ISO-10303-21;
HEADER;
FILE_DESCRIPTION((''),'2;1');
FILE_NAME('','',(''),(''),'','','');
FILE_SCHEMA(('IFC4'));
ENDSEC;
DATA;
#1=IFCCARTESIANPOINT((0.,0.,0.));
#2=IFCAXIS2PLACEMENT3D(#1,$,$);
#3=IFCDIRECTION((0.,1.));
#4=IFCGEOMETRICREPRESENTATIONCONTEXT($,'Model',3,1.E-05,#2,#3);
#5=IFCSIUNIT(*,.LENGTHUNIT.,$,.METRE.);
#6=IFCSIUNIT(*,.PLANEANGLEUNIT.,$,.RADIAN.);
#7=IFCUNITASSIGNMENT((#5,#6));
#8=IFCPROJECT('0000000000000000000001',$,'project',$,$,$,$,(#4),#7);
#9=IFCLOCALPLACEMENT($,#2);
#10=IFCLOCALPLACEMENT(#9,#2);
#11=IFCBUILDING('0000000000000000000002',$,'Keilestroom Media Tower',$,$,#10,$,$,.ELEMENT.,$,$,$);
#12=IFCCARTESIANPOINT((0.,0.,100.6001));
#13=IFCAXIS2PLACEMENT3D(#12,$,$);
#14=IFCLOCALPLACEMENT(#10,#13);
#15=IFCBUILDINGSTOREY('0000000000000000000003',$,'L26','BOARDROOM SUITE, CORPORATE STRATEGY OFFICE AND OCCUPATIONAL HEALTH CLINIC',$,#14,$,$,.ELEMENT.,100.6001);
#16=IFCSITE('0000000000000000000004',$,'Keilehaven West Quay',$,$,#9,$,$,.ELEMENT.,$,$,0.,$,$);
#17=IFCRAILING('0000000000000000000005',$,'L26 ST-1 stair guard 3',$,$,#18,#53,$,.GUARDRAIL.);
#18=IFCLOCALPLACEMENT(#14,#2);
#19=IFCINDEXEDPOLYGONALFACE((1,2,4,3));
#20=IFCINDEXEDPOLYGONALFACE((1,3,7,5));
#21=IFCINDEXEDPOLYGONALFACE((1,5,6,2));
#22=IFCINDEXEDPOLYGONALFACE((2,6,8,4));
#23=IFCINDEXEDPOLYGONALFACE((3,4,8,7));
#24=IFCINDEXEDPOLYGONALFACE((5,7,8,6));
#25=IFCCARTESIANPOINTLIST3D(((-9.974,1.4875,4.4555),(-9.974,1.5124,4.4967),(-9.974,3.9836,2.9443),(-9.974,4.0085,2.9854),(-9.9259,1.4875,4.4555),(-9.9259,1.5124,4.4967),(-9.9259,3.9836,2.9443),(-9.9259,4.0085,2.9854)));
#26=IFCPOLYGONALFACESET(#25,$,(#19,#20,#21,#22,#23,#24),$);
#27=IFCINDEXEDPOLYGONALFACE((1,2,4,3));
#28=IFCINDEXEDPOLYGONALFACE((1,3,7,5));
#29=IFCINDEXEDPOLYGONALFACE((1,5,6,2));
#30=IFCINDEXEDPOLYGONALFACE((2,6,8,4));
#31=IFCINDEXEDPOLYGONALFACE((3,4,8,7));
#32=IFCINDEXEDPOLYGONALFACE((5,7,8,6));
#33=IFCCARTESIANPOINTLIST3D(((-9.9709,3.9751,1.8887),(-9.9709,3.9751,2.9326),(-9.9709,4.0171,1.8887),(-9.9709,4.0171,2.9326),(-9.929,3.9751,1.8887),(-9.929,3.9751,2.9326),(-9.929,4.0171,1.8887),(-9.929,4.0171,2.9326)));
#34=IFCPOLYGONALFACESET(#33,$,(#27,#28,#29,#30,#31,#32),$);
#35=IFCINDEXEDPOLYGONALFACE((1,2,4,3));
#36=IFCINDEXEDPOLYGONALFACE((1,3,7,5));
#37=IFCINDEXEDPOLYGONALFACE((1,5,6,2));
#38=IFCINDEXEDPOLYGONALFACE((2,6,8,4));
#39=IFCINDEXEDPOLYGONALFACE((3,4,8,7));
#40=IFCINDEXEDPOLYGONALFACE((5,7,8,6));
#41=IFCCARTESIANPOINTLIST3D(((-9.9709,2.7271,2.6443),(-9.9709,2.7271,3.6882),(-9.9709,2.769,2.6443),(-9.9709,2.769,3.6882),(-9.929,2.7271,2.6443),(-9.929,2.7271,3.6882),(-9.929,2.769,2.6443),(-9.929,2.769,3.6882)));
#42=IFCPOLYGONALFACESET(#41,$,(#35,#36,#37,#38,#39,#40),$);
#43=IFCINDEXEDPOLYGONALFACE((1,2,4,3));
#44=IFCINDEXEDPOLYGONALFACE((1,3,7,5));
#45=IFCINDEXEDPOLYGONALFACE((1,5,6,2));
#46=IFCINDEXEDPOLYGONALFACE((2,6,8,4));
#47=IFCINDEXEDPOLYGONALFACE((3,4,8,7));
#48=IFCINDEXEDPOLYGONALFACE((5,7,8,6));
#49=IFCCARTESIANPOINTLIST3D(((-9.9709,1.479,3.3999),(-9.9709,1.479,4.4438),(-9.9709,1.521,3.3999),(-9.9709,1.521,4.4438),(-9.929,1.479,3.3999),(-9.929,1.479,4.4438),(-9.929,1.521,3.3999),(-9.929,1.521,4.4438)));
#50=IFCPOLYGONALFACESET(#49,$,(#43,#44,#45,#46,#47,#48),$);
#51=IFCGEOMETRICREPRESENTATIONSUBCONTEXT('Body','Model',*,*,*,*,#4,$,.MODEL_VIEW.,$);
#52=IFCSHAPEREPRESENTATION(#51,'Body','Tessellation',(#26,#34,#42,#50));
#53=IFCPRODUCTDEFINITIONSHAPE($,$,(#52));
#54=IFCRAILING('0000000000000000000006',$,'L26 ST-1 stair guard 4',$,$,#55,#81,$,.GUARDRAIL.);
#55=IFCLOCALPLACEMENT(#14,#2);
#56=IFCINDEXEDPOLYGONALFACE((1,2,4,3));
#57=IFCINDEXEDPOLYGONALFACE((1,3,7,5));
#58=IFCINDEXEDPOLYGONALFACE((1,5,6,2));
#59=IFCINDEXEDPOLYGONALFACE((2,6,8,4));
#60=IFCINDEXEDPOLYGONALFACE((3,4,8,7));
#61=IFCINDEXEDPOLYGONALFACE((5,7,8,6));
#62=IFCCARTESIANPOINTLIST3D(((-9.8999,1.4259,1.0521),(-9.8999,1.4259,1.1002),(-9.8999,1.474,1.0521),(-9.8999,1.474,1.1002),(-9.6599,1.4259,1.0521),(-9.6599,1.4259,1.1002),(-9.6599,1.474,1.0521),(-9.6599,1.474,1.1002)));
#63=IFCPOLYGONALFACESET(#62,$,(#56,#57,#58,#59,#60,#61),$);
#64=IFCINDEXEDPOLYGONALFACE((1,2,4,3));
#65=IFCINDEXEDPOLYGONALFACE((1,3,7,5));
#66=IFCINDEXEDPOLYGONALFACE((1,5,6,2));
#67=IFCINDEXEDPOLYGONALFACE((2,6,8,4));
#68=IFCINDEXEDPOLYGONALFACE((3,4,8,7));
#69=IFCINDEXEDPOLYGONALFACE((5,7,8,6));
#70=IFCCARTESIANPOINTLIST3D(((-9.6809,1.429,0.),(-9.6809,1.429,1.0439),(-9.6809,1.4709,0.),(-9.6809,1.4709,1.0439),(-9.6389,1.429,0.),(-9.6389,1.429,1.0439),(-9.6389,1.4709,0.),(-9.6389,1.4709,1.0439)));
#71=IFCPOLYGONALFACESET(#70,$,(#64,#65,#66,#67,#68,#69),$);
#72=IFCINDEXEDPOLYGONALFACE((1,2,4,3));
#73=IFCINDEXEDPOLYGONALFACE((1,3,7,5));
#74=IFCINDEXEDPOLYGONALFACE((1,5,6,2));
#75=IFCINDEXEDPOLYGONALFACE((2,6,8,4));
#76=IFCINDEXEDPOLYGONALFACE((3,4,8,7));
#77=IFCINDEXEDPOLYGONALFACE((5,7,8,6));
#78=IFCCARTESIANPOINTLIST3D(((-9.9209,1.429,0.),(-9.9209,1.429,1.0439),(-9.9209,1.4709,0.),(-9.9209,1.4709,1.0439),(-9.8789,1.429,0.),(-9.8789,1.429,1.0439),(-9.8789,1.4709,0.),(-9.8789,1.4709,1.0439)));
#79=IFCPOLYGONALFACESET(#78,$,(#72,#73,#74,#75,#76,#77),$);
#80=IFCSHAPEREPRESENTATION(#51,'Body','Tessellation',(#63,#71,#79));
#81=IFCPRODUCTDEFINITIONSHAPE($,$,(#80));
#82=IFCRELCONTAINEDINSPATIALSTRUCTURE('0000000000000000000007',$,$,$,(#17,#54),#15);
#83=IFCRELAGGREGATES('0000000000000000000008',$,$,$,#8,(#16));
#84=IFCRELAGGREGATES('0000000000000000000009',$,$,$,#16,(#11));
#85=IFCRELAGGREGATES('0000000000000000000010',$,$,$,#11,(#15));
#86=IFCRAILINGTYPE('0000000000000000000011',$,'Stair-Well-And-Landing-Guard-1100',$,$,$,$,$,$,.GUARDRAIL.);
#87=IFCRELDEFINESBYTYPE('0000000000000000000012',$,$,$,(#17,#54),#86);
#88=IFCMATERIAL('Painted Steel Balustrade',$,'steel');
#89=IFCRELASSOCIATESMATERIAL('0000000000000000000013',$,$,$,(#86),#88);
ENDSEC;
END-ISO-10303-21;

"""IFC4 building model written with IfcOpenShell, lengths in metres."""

from ifc_helpers import new_model, si_unit, direction, frame, origin, origin_2d, place, context, subcontext, project, spatial, rectangle, extrude, material, type_object, element, save


model = new_model("IFC4")

# Units and contexts
model_context = context("Model", 3, precision=1e-05, world=origin(), true_north=direction((0.0, 1.0)))
body_context = subcontext(model_context, "Body", "Model", "MODEL_VIEW")
ifc_project = project(units=[si_unit("LENGTHUNIT", "METRE"), si_unit("PLANEANGLEUNIT", "RADIAN")], contexts=[model_context])

# Site, building, storey
site_placement = place(None, origin())
site = spatial("IfcSite", under=ifc_project, at=site_placement, Name="Keilehaven West Quay", CompositionType="ELEMENT", RefElevation=0.0)
building_placement = place(site_placement, origin())
building = spatial("IfcBuilding", under=site, at=building_placement, Name="Keilestroom Media Tower", CompositionType="ELEMENT")
storey_placement = place(building_placement, frame((0.0, 0.0, 100.6001)))
storey = spatial("IfcBuildingStorey", under=building, at=storey_placement, Name="L26", Description="BOARDROOM SUITE, CORPORATE STRATEGY OFFICE AND OCCUPATIONAL HEALTH CLINIC", CompositionType="ELEMENT", Elevation=100.6001)

# Railings
ifc_material_1 = material(Name="Painted Steel Balustrade", Category="steel")
railing_type_1 = type_object("IfcRailingType", Name="Stair-Well-And-Landing-Guard-1100", PredefinedType="GUARDRAIL", material=ifc_material_1)
railing_1_placement = place(storey_placement, frame((-9.95, 3.9961, 1.8887)))
element("IfcRailing", 1, at=railing_1_placement, inside=storey, type_object=railing_type_1, Name="L26 ST-1 stair guard 3", PredefinedType="GUARDRAIL", context=body_context, shape_type="SweptSolid", body=[
    extrude(rectangle(XDim=0.0481, YDim=0.0481, at=origin_2d()), frame((0.0, 0.0, 1.0762), z_axis=(0.0, -0.855434, 0.517912), x_axis=(1.0, 0.0, 0.0)), (0.0, 0.0, 1.0), 2.918),
    extrude(rectangle(XDim=0.042, YDim=0.042, at=origin_2d()), origin(), (0.0, 0.0, 1.0), 1.0439),
    extrude(rectangle(XDim=0.042, YDim=0.042, at=origin_2d()), frame((0.0, -1.248, 0.7556)), (0.0, 0.0, 1.0), 1.0439),
    extrude(rectangle(XDim=0.042, YDim=0.042, at=origin_2d()), frame((0.0, -2.4961, 1.5112)), (0.0, 0.0, 1.0), 1.0439),
])
railing_2_placement = place(storey_placement, frame((-9.6599, 1.45, 0.0)))
element("IfcRailing", 2, at=railing_2_placement, inside=storey, type_object=railing_type_1, Name="L26 ST-1 stair guard 4", PredefinedType="GUARDRAIL", context=body_context, shape_type="SweptSolid", body=[
    extrude(rectangle(XDim=0.0481, YDim=0.0481, at=origin_2d()), frame((0.0, 0.0, 1.0762), z_axis=(-1.0, 0.0, 0.0), x_axis=(0.0, -1.0, 0.0)), (0.0, 0.0, 1.0), 0.24),
    extrude(rectangle(XDim=0.042, YDim=0.042, at=origin_2d()), origin(), (0.0, 0.0, 1.0), 1.0439),
    extrude(rectangle(XDim=0.042, YDim=0.042, at=origin_2d()), frame((-0.24, 0.0, 0.0)), (0.0, 0.0, 1.0), 1.0439),
])

save(model, "model.ifc")
